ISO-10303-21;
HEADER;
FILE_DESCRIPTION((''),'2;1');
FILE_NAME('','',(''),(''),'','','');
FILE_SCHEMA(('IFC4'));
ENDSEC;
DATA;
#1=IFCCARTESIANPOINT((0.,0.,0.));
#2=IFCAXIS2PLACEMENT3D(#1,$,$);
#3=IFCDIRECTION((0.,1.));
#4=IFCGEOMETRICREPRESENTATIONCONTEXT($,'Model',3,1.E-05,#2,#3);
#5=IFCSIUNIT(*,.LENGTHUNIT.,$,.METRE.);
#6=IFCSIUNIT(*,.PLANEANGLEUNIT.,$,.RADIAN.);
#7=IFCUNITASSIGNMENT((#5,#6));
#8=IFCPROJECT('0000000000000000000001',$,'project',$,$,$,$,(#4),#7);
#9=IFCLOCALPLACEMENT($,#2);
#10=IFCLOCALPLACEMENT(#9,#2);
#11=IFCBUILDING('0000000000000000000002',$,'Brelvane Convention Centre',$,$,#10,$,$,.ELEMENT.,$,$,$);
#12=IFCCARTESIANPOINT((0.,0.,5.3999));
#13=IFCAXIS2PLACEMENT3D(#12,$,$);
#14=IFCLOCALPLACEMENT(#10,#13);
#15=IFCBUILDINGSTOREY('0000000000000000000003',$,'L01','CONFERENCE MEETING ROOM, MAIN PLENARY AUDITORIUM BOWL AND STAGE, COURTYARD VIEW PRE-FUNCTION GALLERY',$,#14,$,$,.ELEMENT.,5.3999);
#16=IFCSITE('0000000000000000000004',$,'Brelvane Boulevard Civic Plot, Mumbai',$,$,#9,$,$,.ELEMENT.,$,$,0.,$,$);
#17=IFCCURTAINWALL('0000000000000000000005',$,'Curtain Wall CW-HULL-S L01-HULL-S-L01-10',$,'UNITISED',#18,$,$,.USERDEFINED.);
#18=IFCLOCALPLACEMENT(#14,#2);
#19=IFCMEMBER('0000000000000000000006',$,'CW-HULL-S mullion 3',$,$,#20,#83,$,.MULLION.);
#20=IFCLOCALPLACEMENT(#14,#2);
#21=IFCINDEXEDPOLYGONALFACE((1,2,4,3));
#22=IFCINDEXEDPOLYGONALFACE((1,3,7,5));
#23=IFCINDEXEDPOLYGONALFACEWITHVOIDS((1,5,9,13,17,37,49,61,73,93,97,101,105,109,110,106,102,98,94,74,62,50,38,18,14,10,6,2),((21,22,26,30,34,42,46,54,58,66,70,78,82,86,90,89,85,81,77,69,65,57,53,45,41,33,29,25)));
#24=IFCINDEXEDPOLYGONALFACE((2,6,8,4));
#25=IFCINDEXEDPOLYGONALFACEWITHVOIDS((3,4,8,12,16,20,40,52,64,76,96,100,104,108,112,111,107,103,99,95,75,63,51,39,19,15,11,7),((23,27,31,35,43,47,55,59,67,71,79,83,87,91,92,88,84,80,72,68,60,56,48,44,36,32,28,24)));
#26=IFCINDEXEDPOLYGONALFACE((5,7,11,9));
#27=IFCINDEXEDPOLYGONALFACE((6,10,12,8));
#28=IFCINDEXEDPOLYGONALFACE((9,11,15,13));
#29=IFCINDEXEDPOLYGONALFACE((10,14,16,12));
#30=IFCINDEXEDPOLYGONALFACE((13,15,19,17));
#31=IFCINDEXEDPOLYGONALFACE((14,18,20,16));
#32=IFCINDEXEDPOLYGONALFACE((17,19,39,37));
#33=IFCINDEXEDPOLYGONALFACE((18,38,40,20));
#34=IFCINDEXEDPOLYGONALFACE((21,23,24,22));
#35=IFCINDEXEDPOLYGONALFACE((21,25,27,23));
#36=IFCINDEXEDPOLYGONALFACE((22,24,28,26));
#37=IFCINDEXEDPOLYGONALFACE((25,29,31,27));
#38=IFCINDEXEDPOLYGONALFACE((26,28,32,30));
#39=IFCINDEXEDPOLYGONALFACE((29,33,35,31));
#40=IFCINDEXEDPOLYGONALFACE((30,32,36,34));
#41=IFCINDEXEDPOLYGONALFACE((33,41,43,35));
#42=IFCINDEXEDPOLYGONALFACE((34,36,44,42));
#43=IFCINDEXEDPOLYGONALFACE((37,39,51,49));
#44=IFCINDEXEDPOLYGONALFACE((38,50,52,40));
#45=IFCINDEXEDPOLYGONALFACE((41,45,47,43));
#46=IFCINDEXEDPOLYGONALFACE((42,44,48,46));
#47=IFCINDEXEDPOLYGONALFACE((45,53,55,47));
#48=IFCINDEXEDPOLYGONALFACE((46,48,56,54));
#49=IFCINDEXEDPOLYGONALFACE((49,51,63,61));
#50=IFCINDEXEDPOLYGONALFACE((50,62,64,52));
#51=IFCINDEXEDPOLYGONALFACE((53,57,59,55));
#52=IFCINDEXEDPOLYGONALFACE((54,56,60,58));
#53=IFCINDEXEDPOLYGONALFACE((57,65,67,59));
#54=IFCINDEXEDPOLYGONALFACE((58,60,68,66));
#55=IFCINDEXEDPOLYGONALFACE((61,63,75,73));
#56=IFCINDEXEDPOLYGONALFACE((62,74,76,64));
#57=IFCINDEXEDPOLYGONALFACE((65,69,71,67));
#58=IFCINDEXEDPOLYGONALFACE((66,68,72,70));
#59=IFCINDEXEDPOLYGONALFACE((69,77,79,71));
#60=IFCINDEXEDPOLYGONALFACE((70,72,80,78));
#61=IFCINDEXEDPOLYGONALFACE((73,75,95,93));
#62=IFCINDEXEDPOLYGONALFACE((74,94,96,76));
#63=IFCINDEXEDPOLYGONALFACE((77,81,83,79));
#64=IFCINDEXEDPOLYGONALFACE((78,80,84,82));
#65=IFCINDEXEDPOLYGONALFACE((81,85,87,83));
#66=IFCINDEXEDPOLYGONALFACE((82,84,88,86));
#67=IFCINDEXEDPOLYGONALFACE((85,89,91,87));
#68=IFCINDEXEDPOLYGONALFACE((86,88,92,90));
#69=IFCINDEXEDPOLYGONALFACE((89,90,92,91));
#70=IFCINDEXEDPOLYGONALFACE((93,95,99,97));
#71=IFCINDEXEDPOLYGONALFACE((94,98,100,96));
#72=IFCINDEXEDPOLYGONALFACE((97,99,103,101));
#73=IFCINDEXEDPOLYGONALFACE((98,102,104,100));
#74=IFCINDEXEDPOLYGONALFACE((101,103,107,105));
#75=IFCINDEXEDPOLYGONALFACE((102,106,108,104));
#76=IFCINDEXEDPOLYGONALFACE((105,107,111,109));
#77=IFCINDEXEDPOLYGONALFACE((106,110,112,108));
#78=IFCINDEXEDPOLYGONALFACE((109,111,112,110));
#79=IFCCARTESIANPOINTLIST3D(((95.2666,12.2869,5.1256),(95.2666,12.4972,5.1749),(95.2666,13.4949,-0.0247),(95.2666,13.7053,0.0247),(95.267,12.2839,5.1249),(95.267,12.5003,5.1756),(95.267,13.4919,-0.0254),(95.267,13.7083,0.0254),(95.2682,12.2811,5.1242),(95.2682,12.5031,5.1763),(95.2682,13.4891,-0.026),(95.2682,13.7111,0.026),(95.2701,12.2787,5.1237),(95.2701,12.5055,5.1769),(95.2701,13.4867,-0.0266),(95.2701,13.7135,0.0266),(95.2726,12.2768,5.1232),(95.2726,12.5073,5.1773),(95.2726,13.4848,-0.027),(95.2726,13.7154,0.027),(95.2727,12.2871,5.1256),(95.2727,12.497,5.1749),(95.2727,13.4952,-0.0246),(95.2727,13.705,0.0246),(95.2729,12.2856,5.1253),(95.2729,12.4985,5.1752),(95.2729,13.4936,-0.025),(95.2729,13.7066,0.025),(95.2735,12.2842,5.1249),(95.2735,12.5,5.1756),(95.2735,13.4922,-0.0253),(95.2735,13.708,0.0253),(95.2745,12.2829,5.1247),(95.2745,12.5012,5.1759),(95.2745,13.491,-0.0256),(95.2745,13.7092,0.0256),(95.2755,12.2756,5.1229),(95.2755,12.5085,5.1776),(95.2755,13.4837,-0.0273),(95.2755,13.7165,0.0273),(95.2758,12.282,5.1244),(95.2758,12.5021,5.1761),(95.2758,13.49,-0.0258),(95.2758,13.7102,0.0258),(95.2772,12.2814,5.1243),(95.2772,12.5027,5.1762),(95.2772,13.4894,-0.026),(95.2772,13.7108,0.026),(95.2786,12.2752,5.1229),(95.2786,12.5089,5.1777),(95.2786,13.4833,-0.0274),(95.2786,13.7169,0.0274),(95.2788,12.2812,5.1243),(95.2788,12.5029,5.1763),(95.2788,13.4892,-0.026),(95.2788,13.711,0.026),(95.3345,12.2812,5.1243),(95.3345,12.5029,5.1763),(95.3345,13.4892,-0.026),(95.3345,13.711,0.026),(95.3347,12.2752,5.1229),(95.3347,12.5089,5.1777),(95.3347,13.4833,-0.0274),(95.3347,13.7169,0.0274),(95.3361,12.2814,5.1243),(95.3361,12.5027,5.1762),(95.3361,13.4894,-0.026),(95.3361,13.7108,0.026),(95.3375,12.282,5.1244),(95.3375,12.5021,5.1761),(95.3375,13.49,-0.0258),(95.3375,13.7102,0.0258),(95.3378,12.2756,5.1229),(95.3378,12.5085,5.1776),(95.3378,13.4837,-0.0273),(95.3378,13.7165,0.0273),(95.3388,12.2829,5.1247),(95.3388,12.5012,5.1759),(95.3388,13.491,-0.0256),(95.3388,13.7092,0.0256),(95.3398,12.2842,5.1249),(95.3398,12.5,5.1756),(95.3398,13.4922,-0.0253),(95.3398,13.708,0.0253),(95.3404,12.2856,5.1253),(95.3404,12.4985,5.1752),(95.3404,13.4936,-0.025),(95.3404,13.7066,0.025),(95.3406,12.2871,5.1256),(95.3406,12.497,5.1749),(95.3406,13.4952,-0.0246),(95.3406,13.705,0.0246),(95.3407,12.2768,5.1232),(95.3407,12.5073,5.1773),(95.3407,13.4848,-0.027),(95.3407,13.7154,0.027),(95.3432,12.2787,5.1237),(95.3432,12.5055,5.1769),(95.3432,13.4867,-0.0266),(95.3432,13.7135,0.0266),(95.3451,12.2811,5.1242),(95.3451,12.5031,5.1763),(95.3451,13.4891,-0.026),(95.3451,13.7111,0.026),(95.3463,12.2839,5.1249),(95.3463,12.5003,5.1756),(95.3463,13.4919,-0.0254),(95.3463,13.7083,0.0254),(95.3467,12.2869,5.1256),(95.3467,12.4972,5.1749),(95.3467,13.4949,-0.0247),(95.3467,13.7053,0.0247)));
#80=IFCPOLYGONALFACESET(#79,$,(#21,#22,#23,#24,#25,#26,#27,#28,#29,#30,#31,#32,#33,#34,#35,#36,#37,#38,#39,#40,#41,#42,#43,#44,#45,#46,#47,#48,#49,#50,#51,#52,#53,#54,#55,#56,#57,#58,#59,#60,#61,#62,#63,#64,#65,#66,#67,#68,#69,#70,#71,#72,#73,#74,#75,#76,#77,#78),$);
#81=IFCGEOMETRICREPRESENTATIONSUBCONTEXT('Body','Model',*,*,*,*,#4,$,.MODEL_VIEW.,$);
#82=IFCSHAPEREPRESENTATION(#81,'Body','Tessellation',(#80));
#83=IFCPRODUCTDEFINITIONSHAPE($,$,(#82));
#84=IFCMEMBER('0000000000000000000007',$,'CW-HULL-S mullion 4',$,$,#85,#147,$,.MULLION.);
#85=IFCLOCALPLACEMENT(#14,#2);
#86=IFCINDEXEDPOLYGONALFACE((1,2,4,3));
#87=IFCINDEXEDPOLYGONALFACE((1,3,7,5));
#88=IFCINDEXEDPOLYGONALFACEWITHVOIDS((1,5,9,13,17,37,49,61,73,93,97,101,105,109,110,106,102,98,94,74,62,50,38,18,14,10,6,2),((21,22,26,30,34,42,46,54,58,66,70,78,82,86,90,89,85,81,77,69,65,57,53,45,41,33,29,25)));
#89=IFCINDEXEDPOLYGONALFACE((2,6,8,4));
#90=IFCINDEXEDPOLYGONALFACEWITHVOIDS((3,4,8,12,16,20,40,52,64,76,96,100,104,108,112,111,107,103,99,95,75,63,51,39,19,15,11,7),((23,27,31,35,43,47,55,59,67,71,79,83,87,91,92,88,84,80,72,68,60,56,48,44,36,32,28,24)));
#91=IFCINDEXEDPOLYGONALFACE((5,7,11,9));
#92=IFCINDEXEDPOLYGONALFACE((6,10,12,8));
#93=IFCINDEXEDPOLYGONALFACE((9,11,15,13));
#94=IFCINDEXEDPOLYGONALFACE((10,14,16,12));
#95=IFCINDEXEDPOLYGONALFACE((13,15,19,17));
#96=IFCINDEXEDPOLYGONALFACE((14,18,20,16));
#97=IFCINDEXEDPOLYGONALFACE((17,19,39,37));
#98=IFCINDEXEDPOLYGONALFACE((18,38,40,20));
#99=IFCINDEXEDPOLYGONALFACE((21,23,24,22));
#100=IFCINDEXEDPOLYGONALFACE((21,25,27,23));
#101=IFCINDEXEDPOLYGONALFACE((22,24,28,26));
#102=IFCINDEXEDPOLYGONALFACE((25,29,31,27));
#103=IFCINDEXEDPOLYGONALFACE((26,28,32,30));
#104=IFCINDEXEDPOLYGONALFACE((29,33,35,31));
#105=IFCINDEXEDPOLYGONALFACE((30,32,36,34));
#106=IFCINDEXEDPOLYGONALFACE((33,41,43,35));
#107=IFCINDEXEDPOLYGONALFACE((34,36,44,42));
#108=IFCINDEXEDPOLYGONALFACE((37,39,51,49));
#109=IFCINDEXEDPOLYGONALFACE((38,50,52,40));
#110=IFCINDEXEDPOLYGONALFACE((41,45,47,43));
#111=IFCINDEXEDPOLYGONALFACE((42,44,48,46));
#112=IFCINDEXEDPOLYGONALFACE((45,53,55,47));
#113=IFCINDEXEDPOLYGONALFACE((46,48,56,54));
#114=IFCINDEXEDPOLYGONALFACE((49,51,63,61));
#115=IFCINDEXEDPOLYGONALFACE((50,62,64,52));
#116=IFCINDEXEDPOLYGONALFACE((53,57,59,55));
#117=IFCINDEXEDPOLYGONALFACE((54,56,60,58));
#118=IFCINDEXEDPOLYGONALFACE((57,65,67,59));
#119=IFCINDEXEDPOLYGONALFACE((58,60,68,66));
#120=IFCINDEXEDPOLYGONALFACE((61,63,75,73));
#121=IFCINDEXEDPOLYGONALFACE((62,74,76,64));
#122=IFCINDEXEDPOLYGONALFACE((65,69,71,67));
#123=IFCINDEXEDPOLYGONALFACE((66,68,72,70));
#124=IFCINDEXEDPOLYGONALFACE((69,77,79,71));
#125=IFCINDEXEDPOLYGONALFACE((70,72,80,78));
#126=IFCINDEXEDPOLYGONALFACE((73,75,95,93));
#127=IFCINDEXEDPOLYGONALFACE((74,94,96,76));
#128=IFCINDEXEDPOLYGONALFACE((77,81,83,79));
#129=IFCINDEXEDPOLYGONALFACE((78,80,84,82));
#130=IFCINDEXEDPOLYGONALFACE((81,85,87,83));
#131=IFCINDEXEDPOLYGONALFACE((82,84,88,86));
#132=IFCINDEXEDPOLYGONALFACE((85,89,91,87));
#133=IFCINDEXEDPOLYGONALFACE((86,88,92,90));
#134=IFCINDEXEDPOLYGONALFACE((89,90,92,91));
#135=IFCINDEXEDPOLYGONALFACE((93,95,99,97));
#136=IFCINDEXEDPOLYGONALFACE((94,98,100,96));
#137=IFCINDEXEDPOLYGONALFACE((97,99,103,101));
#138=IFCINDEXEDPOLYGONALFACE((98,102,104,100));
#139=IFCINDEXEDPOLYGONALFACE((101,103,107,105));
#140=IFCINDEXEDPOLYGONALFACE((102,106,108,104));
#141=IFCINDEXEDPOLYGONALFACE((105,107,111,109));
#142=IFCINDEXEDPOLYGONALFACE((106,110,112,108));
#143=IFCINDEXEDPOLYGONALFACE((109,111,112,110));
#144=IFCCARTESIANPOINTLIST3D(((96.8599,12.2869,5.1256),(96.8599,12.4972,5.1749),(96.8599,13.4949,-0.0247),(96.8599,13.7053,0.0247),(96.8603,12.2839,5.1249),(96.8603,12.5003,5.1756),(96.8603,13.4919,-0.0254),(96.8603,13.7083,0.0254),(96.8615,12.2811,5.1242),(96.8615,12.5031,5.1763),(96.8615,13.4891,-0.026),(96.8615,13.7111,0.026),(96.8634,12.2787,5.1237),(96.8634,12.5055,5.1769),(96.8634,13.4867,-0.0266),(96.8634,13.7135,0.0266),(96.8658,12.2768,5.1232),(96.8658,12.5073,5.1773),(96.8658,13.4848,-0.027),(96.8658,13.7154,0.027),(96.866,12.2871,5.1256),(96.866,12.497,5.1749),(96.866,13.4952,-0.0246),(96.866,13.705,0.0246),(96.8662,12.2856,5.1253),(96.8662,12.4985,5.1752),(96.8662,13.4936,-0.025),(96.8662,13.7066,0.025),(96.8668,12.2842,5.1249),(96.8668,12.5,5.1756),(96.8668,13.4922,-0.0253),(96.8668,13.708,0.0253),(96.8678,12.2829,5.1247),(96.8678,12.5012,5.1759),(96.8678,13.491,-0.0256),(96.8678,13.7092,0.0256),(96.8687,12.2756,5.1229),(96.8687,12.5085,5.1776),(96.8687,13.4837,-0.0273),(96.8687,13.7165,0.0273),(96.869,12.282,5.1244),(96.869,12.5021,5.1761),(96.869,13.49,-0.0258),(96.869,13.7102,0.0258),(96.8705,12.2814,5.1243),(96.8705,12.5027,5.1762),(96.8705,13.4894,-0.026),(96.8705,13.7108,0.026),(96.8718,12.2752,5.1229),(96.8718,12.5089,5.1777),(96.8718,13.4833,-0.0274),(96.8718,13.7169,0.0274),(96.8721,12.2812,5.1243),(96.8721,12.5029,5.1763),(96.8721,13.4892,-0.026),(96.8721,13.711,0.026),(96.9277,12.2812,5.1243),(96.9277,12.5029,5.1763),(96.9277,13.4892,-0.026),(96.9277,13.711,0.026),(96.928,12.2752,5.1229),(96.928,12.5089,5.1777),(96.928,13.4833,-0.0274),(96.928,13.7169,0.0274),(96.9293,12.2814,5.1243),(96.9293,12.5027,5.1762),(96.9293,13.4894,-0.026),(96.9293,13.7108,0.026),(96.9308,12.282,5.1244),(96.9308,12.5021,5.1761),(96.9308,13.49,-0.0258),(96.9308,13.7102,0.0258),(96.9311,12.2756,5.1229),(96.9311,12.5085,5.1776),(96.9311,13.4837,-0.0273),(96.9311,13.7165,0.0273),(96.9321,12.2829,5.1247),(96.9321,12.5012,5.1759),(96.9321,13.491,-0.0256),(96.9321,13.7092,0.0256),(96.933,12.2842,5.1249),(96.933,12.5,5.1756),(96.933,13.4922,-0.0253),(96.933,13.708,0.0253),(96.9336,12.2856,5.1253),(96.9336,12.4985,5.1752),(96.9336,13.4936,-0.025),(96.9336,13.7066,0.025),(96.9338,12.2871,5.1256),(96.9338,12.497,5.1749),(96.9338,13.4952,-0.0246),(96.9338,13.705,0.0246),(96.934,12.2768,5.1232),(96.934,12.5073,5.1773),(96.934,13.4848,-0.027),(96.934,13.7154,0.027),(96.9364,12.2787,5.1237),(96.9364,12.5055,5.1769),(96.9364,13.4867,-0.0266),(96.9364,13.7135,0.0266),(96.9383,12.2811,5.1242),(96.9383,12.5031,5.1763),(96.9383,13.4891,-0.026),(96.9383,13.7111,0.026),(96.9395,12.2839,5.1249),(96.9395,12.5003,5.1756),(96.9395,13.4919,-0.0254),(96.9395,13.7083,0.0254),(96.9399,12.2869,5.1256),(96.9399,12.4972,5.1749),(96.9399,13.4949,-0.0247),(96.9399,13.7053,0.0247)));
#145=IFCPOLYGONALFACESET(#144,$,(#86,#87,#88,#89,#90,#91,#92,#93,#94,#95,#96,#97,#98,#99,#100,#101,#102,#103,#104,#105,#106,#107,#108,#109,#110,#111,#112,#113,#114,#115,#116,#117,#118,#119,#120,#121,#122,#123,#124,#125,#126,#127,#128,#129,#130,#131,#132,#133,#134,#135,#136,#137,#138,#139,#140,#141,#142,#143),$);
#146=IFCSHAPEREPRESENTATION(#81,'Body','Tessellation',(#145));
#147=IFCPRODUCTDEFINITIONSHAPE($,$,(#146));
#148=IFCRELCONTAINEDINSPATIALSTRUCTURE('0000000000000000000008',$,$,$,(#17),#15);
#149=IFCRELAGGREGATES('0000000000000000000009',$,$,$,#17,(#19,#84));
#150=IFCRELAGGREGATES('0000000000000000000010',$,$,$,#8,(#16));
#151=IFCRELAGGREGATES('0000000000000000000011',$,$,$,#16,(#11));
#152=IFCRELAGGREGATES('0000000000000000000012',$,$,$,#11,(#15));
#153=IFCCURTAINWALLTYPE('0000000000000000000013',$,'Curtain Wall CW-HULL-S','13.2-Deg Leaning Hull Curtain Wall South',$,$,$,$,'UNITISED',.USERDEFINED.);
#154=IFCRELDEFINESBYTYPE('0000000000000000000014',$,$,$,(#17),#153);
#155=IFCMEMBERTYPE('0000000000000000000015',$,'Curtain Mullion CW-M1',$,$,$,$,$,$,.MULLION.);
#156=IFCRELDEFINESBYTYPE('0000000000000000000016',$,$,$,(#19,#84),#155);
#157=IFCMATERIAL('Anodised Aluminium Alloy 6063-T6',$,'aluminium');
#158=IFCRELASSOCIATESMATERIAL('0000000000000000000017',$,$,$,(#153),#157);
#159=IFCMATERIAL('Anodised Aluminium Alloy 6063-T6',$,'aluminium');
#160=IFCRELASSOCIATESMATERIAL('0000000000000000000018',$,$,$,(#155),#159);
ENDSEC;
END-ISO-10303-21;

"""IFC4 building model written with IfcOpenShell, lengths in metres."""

from ifc_helpers import new_model, si_unit, direction, frame, origin, origin_2d, place, context, subcontext, project, spatial, hollow_rectangle, extrude, material, material_profile, profile_set, type_object, element, aggregate, save


model = new_model("IFC4")

# Units and contexts
model_context = context("Model", 3, precision=1e-05, world=origin(), true_north=direction((0.0, 1.0)))
body_context = subcontext(model_context, "Body", "Model", "MODEL_VIEW")
ifc_project = project(units=[si_unit("LENGTHUNIT", "METRE"), si_unit("PLANEANGLEUNIT", "RADIAN")], contexts=[model_context])

# Site, building, storey
site_placement = place(None, origin())
site = spatial("IfcSite", under=ifc_project, at=site_placement, Name="Brelvane Boulevard Civic Plot, Mumbai", CompositionType="ELEMENT", RefElevation=0.0)
building_placement = place(site_placement, origin())
building = spatial("IfcBuilding", under=site, at=building_placement, Name="Brelvane Convention Centre", CompositionType="ELEMENT")
storey_placement = place(building_placement, frame((0.0, 0.0, 5.3999)))
storey = spatial("IfcBuildingStorey", under=building, at=storey_placement, Name="L01", Description="CONFERENCE MEETING ROOM, MAIN PLENARY AUDITORIUM BOWL AND STAGE, COURTYARD VIEW PRE-FUNCTION GALLERY", CompositionType="ELEMENT", Elevation=5.3999)

# Curtain wall, members
ifc_material_1 = material(Name="Anodised Aluminium Alloy 6063-T6", Category="aluminium")
curtain_wall_type = type_object("IfcCurtainWallType", Name="Curtain Wall CW-HULL-S", Description="13.2-Deg Leaning Hull Curtain Wall South", ElementType="UNITISED", PredefinedType="USERDEFINED", material=ifc_material_1)
ifc_material_2 = material(Name="Anodised Aluminium Alloy 6063-T6", Category="aluminium")
ifc_material_profile_1 = material_profile(ifc_material_2, hollow_rectangle(XDim=0.0801, YDim=0.24, WallThickness=0.0061, InnerFilletRadius=0.0061, OuterFilletRadius=0.012, at=origin_2d()), Name="ALU-M 240x80x6.0")
ifc_profile_set_1 = profile_set([ifc_material_profile_1], Name="Anodised Aluminium Alloy 6063-T6")
member_type_1 = type_object("IfcMemberType", Name="Curtain Mullion CW-M1", PredefinedType="MULLION", material=ifc_profile_set_1)
curtain_wall_1_placement = place(storey_placement, origin())
curtain_wall_1 = element("IfcCurtainWall", 1, at=curtain_wall_1_placement, inside=storey, type_object=curtain_wall_type, Name="Curtain Wall CW-HULL-S L01-HULL-S-L01-10", ObjectType="UNITISED", PredefinedType="USERDEFINED")
member_1_placement = place(storey_placement, frame((95.3066, 13.6001, 0.0), z_axis=(0.0, -0.22836, 0.973577), x_axis=(1.0, 0.0, 0.0)))
member_1 = element("IfcMember", 2, at=member_1_placement, type_object=member_type_1, Name="CW-HULL-S mullion 3", PredefinedType="MULLION", context=body_context, shape_type="SweptSolid", body=[
    extrude(hollow_rectangle(XDim=0.0801, YDim=0.24, WallThickness=0.0061, InnerFilletRadius=0.0061, OuterFilletRadius=0.012, at=origin_2d()), origin(), (0.0, 0.0, 1.0), 5.29),
])
member_2_placement = place(storey_placement, frame((96.8999, 13.6001, 0.0), z_axis=(0.0, -0.22836, 0.973577), x_axis=(1.0, 0.0, 0.0)))
member_2 = element("IfcMember", 3, at=member_2_placement, type_object=member_type_1, Name="CW-HULL-S mullion 4", PredefinedType="MULLION", context=body_context, shape_type="SweptSolid", body=[
    extrude(hollow_rectangle(XDim=0.0801, YDim=0.24, WallThickness=0.0061, InnerFilletRadius=0.0061, OuterFilletRadius=0.012, at=origin_2d()), origin(), (0.0, 0.0, 1.0), 5.29),
])

aggregate(curtain_wall_1, [member_1, member_2])

save(model, "model.ifc")
